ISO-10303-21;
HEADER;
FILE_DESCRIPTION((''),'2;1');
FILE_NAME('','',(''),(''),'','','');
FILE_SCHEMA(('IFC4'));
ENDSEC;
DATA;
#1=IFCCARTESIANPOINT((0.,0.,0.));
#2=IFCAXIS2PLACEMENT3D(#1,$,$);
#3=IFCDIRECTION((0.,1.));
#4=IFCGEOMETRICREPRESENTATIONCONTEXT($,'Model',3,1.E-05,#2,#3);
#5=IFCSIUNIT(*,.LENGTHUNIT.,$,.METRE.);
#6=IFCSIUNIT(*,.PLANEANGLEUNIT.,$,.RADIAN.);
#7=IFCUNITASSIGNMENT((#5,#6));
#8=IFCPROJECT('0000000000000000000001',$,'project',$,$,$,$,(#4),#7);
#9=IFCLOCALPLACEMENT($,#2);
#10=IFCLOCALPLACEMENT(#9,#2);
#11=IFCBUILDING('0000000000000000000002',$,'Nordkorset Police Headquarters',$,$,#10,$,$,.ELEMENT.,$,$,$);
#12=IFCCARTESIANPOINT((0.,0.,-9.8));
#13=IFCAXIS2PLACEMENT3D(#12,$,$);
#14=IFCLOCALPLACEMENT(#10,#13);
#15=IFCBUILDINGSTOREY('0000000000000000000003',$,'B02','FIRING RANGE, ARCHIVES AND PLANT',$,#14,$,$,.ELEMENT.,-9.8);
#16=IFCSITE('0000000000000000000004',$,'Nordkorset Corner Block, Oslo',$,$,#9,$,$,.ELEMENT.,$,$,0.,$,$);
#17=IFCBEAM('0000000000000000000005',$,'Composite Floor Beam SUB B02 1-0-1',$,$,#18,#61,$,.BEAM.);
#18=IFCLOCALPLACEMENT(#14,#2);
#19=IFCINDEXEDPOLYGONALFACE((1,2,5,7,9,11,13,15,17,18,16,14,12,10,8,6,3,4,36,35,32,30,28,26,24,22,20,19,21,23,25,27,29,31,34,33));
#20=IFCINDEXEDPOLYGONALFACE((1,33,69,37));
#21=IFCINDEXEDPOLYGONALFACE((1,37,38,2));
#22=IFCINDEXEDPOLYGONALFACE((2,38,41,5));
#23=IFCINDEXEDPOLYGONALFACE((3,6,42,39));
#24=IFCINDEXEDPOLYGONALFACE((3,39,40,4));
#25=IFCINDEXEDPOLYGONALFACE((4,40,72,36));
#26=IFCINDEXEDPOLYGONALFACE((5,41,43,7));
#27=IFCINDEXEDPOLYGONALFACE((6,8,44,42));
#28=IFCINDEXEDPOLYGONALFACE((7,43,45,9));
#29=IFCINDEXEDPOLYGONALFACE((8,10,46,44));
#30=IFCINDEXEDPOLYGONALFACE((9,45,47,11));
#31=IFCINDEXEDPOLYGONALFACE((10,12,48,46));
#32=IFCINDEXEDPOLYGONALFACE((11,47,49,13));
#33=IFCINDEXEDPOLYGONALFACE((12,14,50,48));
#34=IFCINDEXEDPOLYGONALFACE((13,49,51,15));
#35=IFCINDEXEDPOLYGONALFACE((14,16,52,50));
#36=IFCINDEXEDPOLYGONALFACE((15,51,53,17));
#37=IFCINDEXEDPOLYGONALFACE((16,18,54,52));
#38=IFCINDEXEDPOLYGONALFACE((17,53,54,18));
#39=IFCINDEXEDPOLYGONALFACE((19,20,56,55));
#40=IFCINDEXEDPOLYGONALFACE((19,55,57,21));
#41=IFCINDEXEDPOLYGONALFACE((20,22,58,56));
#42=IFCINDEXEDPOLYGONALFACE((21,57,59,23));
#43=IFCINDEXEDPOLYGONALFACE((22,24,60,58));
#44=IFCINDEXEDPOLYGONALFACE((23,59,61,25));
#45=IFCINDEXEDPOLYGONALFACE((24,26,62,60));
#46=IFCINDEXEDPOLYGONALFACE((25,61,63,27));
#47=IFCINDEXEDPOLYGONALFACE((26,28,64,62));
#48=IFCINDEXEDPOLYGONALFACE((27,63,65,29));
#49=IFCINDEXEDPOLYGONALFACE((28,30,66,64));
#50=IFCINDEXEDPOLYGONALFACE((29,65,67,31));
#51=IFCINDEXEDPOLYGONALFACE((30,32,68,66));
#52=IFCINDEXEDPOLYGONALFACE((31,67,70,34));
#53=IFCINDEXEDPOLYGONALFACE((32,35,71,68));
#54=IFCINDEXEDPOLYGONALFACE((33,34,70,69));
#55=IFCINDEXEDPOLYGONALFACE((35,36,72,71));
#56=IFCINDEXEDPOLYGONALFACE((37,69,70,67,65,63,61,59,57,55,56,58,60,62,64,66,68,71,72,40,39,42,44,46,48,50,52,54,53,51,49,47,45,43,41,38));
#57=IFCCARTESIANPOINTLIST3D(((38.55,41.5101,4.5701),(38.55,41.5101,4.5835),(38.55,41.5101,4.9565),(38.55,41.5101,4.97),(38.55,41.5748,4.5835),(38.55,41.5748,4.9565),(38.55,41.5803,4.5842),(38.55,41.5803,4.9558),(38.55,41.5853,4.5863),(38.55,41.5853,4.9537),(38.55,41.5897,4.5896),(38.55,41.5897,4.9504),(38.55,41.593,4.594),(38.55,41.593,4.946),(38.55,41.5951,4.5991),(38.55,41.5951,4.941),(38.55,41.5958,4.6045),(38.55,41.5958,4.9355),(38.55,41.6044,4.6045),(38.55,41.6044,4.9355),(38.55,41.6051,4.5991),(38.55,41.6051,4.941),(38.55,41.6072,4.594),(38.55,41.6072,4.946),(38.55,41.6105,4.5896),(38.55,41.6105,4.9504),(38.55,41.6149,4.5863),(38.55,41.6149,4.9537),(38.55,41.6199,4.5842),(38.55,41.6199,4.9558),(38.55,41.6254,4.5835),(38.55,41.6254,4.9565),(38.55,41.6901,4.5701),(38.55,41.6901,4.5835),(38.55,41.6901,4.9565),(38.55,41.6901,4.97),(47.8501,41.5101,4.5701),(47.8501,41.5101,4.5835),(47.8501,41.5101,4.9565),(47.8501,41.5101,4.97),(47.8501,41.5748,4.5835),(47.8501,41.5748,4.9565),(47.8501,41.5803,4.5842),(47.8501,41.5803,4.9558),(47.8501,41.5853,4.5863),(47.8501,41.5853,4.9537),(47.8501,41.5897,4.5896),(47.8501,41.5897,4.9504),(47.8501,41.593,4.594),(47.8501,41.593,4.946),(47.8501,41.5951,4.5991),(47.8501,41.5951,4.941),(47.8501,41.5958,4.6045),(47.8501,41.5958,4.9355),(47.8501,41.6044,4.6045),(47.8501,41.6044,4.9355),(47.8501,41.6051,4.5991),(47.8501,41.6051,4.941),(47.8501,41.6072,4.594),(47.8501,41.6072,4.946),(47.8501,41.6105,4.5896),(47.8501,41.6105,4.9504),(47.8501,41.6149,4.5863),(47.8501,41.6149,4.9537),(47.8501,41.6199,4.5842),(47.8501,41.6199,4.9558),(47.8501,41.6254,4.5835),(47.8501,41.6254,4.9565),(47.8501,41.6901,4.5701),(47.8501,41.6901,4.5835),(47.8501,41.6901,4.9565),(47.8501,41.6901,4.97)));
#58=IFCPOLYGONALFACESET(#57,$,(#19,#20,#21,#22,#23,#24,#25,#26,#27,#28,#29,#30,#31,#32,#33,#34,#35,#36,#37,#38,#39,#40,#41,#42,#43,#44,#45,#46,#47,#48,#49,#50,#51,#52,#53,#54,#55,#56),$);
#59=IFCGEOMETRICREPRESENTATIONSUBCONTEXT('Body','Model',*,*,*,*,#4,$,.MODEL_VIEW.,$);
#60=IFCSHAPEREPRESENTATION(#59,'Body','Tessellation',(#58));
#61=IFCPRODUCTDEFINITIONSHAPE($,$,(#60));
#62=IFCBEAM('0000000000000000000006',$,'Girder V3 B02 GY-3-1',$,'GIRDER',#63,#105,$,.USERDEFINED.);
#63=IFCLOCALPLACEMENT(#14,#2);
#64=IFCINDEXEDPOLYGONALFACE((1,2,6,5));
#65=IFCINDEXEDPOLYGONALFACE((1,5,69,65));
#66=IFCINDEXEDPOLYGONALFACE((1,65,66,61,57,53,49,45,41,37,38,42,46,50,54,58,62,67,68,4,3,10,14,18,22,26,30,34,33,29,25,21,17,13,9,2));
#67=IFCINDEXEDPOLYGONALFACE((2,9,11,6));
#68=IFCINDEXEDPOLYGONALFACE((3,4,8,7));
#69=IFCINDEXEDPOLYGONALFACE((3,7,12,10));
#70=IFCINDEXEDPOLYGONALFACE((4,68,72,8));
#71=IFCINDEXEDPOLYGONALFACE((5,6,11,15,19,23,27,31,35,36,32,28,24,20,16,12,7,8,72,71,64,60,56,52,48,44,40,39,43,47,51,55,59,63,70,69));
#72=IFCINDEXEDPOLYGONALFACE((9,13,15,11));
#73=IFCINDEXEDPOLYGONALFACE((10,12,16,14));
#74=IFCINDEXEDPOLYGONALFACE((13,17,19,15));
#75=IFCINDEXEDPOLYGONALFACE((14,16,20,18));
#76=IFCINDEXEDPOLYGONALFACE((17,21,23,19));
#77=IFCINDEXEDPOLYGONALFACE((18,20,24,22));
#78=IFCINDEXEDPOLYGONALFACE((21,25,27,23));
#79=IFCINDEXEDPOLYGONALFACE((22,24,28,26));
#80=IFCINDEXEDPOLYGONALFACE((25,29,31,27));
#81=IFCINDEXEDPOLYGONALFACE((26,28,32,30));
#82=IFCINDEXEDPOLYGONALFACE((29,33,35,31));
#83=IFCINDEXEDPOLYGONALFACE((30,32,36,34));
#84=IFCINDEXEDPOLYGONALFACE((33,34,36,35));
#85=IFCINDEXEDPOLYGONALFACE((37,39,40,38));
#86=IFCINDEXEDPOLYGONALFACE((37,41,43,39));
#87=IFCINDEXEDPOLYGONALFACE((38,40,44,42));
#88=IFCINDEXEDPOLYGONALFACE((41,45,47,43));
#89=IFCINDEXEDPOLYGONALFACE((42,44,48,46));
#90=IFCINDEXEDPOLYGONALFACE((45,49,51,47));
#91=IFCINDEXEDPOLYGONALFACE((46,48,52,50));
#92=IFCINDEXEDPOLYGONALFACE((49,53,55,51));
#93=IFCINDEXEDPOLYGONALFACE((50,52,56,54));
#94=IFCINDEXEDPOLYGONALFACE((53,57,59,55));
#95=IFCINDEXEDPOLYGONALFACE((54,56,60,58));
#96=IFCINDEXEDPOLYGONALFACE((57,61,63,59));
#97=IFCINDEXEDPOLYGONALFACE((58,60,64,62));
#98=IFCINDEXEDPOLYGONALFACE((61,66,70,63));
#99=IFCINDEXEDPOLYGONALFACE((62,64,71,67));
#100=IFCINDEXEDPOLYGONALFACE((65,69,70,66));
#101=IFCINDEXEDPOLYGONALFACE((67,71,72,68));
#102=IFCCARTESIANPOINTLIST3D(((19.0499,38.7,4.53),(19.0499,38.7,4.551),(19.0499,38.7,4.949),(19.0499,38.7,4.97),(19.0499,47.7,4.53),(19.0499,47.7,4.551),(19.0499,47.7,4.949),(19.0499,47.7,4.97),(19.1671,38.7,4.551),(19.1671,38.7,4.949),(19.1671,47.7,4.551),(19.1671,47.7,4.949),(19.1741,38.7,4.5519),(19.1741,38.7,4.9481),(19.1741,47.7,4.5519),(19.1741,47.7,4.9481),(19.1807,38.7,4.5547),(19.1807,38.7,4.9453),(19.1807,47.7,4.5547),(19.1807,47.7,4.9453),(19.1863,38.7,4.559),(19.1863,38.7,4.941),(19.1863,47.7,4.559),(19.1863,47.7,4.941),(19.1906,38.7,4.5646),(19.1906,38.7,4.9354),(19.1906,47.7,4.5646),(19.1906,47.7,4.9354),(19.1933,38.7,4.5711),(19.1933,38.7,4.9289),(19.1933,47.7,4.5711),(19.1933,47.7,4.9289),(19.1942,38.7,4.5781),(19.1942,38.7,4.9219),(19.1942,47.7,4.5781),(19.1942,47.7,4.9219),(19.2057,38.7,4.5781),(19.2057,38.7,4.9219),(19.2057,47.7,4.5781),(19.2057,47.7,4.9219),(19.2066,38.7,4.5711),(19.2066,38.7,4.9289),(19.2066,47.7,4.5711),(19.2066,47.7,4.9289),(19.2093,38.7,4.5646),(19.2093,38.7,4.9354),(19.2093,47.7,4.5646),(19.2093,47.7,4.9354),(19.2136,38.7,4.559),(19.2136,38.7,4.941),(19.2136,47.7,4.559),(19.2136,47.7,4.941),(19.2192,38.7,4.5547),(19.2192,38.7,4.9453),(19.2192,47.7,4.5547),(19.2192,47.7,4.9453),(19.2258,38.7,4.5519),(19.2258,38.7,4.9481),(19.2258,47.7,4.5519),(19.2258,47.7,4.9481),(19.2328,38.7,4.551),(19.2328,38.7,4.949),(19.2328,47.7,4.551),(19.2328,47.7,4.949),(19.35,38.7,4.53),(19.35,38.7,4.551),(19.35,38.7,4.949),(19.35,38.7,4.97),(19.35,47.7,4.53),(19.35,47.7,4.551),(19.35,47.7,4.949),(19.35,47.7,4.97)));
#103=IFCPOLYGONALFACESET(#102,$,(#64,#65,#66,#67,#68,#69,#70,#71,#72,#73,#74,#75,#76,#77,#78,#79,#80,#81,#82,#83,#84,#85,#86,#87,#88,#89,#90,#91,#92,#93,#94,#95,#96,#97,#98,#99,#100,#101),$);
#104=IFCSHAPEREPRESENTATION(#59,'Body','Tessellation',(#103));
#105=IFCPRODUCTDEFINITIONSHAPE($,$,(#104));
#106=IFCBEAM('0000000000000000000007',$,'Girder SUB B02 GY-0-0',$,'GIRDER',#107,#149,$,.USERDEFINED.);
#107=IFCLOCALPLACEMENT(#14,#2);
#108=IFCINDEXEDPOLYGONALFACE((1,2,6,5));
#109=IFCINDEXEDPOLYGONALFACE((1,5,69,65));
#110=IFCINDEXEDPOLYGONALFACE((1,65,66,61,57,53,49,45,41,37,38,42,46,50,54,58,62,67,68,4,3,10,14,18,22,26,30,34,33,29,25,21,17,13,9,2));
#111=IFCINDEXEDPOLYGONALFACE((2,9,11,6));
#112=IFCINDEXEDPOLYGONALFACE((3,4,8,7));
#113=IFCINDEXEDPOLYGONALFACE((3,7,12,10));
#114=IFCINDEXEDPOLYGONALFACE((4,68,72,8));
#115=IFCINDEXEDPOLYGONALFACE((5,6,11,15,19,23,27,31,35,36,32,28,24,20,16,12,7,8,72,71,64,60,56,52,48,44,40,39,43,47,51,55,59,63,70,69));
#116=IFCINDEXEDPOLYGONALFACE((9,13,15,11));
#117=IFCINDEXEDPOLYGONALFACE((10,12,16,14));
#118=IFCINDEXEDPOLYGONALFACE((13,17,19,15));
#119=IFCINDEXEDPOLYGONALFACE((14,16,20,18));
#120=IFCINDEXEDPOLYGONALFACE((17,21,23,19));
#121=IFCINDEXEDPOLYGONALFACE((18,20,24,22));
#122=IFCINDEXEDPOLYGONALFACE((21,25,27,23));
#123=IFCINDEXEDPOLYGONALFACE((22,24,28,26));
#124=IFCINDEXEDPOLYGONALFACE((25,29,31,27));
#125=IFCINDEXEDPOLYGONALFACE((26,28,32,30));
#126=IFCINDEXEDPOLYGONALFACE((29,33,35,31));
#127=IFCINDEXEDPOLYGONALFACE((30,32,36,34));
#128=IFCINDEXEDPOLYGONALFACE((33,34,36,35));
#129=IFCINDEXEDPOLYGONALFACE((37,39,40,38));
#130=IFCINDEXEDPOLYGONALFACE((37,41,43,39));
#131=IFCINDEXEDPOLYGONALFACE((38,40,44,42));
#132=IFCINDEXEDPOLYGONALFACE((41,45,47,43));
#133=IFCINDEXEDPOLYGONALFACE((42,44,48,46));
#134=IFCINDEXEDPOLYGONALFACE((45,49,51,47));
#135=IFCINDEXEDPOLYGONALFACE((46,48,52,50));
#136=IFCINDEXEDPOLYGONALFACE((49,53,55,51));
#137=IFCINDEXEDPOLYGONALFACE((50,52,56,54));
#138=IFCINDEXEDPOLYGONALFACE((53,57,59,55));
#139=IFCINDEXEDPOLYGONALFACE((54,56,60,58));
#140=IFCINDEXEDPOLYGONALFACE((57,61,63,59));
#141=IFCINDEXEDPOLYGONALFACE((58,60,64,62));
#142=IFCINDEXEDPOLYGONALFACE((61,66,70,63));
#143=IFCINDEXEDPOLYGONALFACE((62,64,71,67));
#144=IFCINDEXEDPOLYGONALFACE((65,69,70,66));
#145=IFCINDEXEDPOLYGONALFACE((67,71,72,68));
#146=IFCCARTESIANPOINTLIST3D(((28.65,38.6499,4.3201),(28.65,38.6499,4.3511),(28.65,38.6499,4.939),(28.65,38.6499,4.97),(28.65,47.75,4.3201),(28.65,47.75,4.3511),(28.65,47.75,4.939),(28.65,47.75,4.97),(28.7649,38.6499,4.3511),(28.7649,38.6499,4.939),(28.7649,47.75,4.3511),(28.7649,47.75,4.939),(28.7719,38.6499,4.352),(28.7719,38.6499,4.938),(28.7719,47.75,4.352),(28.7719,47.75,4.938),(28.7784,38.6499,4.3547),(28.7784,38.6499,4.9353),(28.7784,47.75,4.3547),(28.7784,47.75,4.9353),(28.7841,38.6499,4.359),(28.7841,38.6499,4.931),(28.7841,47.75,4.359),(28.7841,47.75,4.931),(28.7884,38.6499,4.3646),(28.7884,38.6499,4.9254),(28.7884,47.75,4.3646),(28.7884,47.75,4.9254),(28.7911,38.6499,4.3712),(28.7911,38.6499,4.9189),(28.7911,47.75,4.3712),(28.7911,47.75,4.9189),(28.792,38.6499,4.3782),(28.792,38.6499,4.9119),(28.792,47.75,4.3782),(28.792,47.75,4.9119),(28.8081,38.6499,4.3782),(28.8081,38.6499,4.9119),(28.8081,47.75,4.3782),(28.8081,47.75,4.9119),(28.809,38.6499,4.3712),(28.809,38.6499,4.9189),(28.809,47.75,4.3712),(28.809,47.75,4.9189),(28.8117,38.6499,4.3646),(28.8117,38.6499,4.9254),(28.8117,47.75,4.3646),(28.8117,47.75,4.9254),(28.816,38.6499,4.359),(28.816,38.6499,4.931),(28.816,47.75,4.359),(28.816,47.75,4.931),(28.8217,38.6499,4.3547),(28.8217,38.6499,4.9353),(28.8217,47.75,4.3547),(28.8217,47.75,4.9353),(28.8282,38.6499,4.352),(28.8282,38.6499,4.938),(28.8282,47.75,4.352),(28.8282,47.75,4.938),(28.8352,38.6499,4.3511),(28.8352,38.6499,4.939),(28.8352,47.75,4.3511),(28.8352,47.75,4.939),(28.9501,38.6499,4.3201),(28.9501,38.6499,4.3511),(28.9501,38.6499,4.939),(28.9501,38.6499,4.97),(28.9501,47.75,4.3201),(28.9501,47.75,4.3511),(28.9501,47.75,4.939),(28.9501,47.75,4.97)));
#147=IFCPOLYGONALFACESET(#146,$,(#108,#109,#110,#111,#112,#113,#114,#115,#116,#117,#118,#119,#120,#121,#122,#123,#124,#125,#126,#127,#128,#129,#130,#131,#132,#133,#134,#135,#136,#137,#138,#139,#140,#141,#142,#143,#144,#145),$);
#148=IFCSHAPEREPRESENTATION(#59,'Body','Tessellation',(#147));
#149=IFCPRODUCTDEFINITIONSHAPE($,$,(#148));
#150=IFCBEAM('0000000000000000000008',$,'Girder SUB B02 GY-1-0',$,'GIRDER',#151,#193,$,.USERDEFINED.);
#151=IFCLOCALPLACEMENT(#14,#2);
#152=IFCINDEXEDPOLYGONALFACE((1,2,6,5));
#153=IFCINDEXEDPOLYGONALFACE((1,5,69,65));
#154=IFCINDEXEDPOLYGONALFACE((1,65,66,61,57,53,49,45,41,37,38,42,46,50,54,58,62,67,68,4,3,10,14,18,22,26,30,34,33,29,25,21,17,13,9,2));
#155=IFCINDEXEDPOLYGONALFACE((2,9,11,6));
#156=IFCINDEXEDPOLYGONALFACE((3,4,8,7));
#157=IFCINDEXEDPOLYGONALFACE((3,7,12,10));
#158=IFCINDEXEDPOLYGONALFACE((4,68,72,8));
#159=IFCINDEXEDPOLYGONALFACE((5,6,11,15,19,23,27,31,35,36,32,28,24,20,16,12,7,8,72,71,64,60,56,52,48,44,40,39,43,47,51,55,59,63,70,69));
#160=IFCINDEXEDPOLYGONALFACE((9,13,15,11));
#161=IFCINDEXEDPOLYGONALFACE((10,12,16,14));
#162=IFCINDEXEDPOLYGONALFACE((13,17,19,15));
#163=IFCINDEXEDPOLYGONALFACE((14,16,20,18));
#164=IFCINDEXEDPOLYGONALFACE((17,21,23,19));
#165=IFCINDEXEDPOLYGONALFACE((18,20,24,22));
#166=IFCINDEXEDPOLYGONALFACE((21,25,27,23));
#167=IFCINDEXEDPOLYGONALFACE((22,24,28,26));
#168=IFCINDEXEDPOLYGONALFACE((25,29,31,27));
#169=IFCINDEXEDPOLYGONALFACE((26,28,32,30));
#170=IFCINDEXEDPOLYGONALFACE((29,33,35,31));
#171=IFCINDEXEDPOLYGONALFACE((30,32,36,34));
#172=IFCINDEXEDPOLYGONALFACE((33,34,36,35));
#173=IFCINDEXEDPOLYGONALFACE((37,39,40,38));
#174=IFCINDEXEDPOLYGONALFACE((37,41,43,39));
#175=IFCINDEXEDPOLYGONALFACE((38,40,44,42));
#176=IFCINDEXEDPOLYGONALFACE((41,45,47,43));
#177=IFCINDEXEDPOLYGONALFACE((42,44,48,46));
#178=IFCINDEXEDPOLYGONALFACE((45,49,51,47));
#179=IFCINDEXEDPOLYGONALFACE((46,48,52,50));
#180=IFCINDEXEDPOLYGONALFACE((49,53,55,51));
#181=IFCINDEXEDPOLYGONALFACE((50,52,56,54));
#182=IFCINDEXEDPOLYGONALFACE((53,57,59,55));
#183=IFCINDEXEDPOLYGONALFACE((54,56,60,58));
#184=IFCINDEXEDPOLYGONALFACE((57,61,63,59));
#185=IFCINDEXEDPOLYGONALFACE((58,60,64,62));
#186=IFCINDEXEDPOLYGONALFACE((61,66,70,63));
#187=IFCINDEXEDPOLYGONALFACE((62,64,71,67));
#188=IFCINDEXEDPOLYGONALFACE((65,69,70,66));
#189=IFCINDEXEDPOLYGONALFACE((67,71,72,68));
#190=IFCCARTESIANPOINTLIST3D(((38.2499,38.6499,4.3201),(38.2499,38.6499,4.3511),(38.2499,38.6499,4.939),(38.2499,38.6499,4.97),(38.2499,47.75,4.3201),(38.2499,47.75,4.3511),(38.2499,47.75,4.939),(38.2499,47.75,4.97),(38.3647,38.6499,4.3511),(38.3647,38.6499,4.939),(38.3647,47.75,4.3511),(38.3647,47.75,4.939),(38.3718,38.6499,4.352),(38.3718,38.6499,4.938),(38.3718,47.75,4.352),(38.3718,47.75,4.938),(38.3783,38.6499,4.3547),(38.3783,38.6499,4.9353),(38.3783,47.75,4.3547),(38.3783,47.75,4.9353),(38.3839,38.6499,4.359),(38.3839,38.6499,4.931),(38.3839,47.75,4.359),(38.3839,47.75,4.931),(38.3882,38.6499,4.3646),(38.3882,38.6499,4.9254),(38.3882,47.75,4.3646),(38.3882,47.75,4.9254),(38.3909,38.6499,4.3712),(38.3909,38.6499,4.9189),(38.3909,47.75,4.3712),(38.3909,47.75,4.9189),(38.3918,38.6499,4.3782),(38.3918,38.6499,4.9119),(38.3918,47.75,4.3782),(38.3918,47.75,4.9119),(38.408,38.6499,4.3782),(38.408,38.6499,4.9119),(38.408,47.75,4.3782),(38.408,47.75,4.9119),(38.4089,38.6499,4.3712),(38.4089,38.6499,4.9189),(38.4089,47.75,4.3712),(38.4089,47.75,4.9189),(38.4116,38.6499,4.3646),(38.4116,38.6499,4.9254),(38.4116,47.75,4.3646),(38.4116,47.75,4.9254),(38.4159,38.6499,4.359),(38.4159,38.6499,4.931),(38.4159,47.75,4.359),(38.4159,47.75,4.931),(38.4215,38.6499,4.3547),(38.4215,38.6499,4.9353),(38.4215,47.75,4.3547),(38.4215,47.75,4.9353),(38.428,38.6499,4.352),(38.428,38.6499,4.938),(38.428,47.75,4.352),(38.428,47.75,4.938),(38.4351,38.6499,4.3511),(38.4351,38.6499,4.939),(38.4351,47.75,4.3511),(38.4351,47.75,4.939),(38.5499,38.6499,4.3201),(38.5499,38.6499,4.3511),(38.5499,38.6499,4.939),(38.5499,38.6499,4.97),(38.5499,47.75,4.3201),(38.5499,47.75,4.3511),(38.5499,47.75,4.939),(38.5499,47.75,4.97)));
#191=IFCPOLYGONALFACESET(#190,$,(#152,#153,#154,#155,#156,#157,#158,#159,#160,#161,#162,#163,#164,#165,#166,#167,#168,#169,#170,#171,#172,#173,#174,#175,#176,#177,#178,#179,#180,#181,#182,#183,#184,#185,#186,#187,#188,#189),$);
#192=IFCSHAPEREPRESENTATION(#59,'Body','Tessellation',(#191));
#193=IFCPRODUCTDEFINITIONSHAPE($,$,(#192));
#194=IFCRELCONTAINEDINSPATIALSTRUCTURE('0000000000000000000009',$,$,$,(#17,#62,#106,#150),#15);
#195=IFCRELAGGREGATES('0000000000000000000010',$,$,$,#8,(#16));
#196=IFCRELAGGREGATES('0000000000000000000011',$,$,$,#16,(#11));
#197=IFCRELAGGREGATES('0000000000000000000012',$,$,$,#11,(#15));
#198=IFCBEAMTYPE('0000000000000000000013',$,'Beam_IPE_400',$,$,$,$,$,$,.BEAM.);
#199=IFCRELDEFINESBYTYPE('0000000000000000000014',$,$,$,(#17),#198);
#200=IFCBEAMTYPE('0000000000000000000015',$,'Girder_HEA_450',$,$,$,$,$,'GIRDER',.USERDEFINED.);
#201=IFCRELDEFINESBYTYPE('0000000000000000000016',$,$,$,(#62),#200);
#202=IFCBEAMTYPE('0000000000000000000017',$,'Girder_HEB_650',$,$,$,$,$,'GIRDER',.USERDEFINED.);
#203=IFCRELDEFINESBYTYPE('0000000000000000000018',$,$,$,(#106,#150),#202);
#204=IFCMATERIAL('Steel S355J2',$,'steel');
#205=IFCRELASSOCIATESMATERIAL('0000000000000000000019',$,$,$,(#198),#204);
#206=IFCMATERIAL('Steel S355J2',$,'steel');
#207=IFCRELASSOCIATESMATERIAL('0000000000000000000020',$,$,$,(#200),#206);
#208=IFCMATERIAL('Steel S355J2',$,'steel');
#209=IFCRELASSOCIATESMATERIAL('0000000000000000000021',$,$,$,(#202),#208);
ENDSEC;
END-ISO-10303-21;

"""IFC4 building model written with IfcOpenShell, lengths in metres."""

from ifc_helpers import new_model, si_unit, direction, frame, origin, origin_2d, place, context, subcontext, project, spatial, i_section, extrude, material, material_profile, profile_set, type_object, element, save


model = new_model("IFC4")

# Units and contexts
model_context = context("Model", 3, precision=1e-05, world=origin(), true_north=direction((0.0, 1.0)))
body_context = subcontext(model_context, "Body", "Model", "MODEL_VIEW")
ifc_project = project(units=[si_unit("LENGTHUNIT", "METRE"), si_unit("PLANEANGLEUNIT", "RADIAN")], contexts=[model_context])

# Site, building, storey
site_placement = place(None, origin())
site = spatial("IfcSite", under=ifc_project, at=site_placement, Name="Nordkorset Corner Block, Oslo", CompositionType="ELEMENT", RefElevation=0.0)
building_placement = place(site_placement, origin())
building = spatial("IfcBuilding", under=site, at=building_placement, Name="Nordkorset Police Headquarters", CompositionType="ELEMENT")
storey_placement = place(building_placement, frame((0.0, 0.0, -9.8)))
storey = spatial("IfcBuildingStorey", under=building, at=storey_placement, Name="B02", Description="FIRING RANGE, ARCHIVES AND PLANT", CompositionType="ELEMENT", Elevation=-9.8)

# Beams
ifc_material_1 = material(Name="Steel S355J2", Category="steel")
ifc_material_profile_1 = material_profile(ifc_material_1, i_section(OverallWidth=0.1799, OverallDepth=0.3999, WebThickness=0.0085, FlangeThickness=0.0134, FilletRadius=0.021, at=origin_2d()), Name="IPE 400")
ifc_profile_set_1 = profile_set([ifc_material_profile_1], Name="Steel S355J2")
beam_type_1 = type_object("IfcBeamType", Name="Beam_IPE_400", PredefinedType="BEAM", material=ifc_profile_set_1)
for number, where, z_axis, x_axis, name in (
    (1, (38.55, 41.6001, 4.77), (1.0, 0.0, 0.0), (0.0, 1.0, 0.0), "Composite Floor Beam SUB B02 1-0-1"),
):
    element("IfcBeam", number, at=place(storey_placement, frame(where, z_axis=z_axis, x_axis=x_axis)), inside=storey, type_object=beam_type_1, Name=name, PredefinedType="BEAM", context=body_context, shape_type="SweptSolid", body=[
        extrude(i_section(OverallWidth=0.1799, OverallDepth=0.3999, WebThickness=0.0085, FlangeThickness=0.0134, FilletRadius=0.021, at=origin_2d()), origin(), (0.0, 0.0, 1.0), 9.3),
    ])
ifc_material_2 = material(Name="Steel S355J2", Category="steel")
ifc_material_profile_2 = material_profile(ifc_material_2, i_section(OverallWidth=0.3, OverallDepth=0.4399, WebThickness=0.0115, FlangeThickness=0.021, FilletRadius=0.0271, at=origin_2d()), Name="HEA 450")
ifc_profile_set_2 = profile_set([ifc_material_profile_2], Name="Steel S355J2")
beam_type_2 = type_object("IfcBeamType", Name="Girder_HEA_450", ElementType="GIRDER", PredefinedType="USERDEFINED", material=ifc_profile_set_2)
beam_placement = place(storey_placement, frame((19.2, 38.7, 4.75), z_axis=(0.0, 1.0, 0.0), x_axis=(-1.0, 0.0, 0.0)))
element("IfcBeam", 2, at=beam_placement, inside=storey, type_object=beam_type_2, Name="Girder V3 B02 GY-3-1", ObjectType="GIRDER", PredefinedType="USERDEFINED", context=body_context, shape_type="SweptSolid", body=[
    extrude(i_section(OverallWidth=0.3, OverallDepth=0.4399, WebThickness=0.0115, FlangeThickness=0.021, FilletRadius=0.0271, at=origin_2d()), origin(), (0.0, 0.0, 1.0), 9.0),
])
ifc_material_3 = material(Name="Steel S355J2", Category="steel")
ifc_material_profile_3 = material_profile(ifc_material_3, i_section(OverallWidth=0.3, OverallDepth=0.6499, WebThickness=0.0161, FlangeThickness=0.031, FilletRadius=0.0271, at=origin_2d()), Name="HEB 650")
ifc_profile_set_3 = profile_set([ifc_material_profile_3], Name="Steel S355J2")
beam_type_3 = type_object("IfcBeamType", Name="Girder_HEB_650", ElementType="GIRDER", PredefinedType="USERDEFINED", material=ifc_profile_set_3)
for number, where, z_axis, x_axis, name in (
    (3, (28.8, 38.6499, 4.645), (0.0, 1.0, 0.0), (-1.0, 0.0, 0.0), "Girder SUB B02 GY-0-0"),
    (4, (38.3999, 38.6499, 4.645), (0.0, 1.0, 0.0), (-1.0, 0.0, 0.0), "Girder SUB B02 GY-1-0"),
):
    element("IfcBeam", number, at=place(storey_placement, frame(where, z_axis=z_axis, x_axis=x_axis)), inside=storey, type_object=beam_type_3, Name=name, ObjectType="GIRDER", PredefinedType="USERDEFINED", context=body_context, shape_type="SweptSolid", body=[
        extrude(i_section(OverallWidth=0.3, OverallDepth=0.6499, WebThickness=0.0161, FlangeThickness=0.031, FilletRadius=0.0271, at=origin_2d()), origin(), (0.0, 0.0, 1.0), 9.1001),
    ])

save(model, "model.ifc")
